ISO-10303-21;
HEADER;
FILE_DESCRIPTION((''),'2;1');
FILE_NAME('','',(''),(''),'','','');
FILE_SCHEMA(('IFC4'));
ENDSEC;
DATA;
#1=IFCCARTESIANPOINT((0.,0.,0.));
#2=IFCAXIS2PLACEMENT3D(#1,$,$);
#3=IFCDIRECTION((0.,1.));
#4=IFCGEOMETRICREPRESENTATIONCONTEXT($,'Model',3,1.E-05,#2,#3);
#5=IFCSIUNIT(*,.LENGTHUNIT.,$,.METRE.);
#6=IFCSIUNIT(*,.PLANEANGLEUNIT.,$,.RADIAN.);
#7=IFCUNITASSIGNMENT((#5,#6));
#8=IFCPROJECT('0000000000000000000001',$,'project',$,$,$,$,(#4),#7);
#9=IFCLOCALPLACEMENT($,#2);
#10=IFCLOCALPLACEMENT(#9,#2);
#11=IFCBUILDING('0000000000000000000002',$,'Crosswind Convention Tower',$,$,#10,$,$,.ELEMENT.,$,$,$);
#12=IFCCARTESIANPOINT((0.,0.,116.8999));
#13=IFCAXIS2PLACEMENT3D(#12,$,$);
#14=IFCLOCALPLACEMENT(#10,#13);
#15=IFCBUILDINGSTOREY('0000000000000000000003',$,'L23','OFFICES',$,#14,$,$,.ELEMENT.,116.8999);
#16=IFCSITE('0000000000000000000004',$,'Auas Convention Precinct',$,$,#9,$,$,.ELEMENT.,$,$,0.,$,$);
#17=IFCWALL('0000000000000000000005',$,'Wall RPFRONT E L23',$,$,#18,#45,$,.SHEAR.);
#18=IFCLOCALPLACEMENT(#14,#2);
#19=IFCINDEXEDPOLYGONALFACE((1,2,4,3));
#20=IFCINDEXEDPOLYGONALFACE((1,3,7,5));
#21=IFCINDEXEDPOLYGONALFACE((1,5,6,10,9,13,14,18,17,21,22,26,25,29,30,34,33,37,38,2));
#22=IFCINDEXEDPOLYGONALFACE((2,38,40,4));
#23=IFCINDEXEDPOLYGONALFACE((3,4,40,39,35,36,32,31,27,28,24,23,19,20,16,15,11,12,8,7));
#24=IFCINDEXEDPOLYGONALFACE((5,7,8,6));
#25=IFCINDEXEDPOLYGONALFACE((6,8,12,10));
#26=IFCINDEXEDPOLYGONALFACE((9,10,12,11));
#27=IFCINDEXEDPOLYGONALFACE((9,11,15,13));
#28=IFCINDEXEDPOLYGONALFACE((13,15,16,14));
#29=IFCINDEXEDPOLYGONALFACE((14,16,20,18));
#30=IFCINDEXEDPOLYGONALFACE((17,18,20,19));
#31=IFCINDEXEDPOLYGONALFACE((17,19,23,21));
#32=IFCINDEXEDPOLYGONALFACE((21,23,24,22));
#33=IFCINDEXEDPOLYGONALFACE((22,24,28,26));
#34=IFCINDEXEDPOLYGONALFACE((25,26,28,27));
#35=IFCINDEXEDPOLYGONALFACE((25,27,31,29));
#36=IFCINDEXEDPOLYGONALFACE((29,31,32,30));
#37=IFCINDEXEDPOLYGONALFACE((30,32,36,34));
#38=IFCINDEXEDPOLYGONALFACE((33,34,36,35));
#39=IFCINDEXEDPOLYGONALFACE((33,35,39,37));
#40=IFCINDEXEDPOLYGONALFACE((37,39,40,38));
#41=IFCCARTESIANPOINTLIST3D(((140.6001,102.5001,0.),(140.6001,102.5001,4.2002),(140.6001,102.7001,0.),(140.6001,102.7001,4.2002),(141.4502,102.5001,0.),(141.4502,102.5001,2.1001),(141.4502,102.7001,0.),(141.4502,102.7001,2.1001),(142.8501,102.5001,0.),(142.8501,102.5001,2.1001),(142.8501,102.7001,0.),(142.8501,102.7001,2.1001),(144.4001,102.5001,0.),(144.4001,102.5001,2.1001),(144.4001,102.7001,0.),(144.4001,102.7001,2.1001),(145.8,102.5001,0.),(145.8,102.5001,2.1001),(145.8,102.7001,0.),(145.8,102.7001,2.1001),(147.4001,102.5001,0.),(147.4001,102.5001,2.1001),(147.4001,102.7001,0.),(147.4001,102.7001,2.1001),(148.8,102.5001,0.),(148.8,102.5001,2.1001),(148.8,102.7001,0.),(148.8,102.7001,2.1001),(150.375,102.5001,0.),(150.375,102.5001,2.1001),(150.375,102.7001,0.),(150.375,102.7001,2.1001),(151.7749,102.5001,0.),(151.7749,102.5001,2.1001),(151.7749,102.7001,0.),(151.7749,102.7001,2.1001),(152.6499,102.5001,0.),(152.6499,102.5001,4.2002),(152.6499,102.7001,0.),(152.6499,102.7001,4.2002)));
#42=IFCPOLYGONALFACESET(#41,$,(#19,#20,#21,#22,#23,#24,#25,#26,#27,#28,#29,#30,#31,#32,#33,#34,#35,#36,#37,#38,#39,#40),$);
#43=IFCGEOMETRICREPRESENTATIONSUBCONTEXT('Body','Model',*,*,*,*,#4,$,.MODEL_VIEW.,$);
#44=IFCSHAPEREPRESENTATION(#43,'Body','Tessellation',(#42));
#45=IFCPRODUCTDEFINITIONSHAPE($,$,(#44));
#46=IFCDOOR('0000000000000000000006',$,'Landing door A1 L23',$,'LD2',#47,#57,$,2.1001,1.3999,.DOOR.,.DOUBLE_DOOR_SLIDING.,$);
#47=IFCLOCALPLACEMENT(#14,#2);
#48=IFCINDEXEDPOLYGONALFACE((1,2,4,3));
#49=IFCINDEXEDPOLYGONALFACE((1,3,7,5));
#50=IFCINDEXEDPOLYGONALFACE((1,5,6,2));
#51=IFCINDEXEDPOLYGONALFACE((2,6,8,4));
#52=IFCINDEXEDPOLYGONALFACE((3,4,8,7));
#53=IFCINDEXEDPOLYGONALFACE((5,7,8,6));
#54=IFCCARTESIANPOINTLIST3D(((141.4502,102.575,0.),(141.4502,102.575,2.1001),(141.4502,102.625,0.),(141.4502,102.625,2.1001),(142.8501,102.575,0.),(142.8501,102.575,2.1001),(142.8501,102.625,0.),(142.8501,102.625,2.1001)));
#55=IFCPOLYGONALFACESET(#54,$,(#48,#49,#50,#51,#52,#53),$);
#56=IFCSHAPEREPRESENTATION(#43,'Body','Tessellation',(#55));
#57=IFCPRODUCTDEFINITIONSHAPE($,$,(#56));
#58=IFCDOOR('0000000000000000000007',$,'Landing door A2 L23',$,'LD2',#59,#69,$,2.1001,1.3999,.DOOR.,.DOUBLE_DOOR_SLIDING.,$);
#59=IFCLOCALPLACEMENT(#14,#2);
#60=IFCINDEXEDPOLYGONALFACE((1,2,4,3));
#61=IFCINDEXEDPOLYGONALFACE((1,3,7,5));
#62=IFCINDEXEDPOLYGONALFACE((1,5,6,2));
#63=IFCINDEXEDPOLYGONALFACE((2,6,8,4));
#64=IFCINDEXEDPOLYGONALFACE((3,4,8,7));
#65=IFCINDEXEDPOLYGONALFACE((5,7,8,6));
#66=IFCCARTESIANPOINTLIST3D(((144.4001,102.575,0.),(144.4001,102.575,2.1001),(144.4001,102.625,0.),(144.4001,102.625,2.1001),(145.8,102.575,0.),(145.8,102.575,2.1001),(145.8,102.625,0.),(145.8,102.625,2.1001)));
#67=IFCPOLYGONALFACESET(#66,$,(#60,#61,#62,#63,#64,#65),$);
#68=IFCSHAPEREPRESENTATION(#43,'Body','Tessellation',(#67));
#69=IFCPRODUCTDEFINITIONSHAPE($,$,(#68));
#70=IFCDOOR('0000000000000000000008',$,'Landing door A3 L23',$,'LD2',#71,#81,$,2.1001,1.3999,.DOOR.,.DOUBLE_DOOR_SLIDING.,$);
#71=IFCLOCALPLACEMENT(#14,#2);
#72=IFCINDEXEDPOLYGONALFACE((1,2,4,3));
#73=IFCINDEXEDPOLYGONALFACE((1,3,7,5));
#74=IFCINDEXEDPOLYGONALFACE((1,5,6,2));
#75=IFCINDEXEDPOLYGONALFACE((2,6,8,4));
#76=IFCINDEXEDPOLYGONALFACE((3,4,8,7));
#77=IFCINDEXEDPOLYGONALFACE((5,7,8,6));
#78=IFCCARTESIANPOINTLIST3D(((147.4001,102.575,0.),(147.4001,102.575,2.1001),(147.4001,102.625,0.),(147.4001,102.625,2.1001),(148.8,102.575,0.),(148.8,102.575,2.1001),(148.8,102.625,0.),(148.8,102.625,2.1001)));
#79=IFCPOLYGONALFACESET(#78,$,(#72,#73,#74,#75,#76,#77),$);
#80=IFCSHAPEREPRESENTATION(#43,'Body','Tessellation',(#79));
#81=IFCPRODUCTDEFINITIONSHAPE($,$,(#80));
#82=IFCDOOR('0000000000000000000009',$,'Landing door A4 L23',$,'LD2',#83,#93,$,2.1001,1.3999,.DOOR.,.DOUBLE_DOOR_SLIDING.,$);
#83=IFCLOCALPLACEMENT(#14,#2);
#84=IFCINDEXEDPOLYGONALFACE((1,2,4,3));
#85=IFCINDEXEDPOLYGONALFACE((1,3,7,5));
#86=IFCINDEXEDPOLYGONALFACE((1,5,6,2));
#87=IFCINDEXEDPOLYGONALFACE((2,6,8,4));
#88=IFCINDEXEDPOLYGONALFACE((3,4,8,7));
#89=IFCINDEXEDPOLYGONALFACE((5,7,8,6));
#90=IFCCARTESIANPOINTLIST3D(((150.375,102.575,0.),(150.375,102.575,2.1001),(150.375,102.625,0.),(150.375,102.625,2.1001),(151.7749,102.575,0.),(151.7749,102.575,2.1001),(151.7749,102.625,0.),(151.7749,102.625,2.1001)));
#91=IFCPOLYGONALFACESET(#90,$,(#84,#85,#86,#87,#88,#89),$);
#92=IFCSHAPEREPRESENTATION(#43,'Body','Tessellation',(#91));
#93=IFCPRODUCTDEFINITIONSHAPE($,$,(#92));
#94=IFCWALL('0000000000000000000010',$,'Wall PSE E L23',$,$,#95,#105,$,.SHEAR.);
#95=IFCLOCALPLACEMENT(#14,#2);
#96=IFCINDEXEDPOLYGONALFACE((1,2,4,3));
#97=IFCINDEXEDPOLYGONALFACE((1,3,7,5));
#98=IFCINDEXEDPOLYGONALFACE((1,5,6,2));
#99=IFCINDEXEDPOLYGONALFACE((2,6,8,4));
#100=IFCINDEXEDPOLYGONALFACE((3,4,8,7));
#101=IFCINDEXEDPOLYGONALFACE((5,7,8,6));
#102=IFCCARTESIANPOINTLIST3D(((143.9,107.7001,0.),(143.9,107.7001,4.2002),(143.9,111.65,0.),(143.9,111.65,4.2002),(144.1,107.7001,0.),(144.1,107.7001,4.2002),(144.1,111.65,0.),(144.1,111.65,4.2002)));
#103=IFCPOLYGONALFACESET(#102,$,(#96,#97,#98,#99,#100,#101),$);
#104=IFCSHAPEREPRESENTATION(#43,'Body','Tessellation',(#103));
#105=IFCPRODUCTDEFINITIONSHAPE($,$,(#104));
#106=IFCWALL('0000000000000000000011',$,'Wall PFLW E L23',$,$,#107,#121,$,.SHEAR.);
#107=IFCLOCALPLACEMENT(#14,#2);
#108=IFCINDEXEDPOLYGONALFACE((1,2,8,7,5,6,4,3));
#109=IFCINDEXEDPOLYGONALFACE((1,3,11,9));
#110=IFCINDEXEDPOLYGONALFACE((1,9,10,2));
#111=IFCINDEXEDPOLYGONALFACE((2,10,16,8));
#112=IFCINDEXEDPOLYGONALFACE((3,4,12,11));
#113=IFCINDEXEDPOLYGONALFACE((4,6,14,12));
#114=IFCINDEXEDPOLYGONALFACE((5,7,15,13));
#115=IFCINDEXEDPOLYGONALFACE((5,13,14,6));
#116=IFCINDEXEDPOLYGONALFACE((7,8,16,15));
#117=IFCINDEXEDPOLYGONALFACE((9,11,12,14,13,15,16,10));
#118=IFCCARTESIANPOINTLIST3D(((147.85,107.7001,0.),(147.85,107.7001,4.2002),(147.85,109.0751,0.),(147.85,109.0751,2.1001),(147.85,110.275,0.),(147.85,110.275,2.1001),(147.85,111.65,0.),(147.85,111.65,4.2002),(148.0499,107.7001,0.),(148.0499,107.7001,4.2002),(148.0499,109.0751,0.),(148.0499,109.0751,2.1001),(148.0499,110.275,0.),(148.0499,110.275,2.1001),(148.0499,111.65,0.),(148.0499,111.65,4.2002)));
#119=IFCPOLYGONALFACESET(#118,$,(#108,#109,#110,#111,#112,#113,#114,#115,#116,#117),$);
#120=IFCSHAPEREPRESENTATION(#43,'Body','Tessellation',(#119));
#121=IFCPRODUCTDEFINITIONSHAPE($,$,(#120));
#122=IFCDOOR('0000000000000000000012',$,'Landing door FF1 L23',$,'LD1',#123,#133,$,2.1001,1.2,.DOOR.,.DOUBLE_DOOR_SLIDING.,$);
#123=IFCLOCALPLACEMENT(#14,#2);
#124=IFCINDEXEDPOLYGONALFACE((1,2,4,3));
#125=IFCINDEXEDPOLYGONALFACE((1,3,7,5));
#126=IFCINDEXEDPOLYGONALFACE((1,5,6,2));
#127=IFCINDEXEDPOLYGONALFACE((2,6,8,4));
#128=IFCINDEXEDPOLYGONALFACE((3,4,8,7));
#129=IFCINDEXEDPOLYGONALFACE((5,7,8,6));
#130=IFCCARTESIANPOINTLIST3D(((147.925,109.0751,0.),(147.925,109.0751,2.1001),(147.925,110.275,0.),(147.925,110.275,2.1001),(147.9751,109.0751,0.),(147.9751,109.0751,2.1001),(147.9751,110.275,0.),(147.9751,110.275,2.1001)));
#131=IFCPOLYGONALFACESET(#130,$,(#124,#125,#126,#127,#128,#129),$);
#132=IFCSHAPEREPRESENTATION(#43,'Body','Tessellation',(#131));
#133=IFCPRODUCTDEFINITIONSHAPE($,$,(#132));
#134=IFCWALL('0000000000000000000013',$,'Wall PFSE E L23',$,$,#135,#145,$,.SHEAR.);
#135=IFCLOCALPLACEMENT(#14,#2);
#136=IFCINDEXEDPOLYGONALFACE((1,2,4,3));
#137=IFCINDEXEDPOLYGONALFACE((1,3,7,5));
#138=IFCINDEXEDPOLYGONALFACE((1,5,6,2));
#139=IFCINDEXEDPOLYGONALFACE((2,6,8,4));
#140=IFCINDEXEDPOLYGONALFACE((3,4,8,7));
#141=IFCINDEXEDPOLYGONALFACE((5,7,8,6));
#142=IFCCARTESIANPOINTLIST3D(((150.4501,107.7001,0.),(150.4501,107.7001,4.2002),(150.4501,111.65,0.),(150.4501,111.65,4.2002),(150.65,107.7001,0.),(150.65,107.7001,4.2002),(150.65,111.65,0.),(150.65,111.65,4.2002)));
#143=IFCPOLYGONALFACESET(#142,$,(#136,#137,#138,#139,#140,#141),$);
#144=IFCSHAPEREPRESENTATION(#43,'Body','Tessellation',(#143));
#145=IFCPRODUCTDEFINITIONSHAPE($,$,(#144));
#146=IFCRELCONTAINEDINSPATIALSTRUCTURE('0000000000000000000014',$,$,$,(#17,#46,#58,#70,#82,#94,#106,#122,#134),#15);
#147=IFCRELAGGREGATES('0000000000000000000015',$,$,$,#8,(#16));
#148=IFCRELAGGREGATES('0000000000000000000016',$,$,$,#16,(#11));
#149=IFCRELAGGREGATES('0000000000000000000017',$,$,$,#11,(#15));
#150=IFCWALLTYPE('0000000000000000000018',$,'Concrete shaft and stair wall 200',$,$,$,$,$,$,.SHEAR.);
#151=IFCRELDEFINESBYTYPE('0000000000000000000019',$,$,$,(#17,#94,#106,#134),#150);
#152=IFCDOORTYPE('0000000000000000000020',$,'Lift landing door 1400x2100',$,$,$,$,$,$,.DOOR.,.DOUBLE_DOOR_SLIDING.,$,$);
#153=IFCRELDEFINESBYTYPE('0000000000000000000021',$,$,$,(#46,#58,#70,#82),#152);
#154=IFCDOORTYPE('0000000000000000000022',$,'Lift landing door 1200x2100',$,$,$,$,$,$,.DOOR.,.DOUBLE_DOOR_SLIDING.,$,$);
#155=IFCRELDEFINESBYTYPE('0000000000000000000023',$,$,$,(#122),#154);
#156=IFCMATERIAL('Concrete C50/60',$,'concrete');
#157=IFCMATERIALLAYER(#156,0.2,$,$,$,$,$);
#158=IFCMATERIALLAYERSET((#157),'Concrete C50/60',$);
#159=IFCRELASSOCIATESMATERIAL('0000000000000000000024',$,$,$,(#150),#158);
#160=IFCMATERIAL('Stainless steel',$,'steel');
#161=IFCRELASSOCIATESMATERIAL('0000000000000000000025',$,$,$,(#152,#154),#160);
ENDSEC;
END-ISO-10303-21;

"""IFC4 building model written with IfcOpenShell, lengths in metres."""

from ifc_helpers import new_model, si_unit, direction, frame, frame_2d, origin, place, context, subcontext, project, spatial, rectangle, extrude, material, layer, layer_set, type_object, element, fill, save


model = new_model("IFC4")

# Units and contexts
model_context = context("Model", 3, precision=1e-05, world=origin(), true_north=direction((0.0, 1.0)))
body_context = subcontext(model_context, "Body", "Model", "MODEL_VIEW")
ifc_project = project(units=[si_unit("LENGTHUNIT", "METRE"), si_unit("PLANEANGLEUNIT", "RADIAN")], contexts=[model_context])

# Site, building, storey
site_placement = place(None, origin())
site = spatial("IfcSite", under=ifc_project, at=site_placement, Name="Auas Convention Precinct", CompositionType="ELEMENT", RefElevation=0.0)
building_placement = place(site_placement, origin())
building = spatial("IfcBuilding", under=site, at=building_placement, Name="Crosswind Convention Tower", CompositionType="ELEMENT")
storey_placement = place(building_placement, frame((0.0, 0.0, 116.8999)))
storey = spatial("IfcBuildingStorey", under=building, at=storey_placement, Name="L23", Description="OFFICES", CompositionType="ELEMENT", Elevation=116.8999)

# Shared definitions
ifc_material_1 = material(Name="Concrete C50/60", Category="concrete")
ifc_layer_1 = layer(ifc_material_1, 0.2)
ifc_layer_set_1 = layer_set([ifc_layer_1], Name="Concrete C50/60")
wall_type_1 = type_object("IfcWallType", Name="Concrete shaft and stair wall 200", PredefinedType="SHEAR", material=ifc_layer_set_1)

# Wall, openings, doors
wall_1_placement = place(storey_placement, frame((140.6001, 102.6001, 0.0), z_axis=(0.0, 0.0, 1.0), x_axis=(1.0, 0.0, 0.0)))
wall_1 = element("IfcWall", 1, at=wall_1_placement, inside=storey, type_object=wall_type_1, Name="Wall RPFRONT E L23", PredefinedType="SHEAR", context=body_context, shape_type="SweptSolid", body=[
    extrude(rectangle(XDim=12.0498, YDim=0.2, at=frame_2d((6.0249, 0.0))), origin(), (0.0, 0.0, 1.0), 4.2002),
])
opening_1_placement = place(wall_1_placement, frame((0.8501, 0.0, 0.0)))
opening_1 = element("IfcOpeningElement", 2, at=opening_1_placement, cuts=wall_1, PredefinedType="OPENING", context=body_context, shape_type="SweptSolid", body=[
    extrude(rectangle(XDim=1.3999, YDim=2.1001, at=frame_2d((0.7, 1.05))), frame((0.0, 0.1099, 0.0), z_axis=(0.0, -1.0, 0.0), x_axis=(1.0, 0.0, 0.0)), (0.0, 0.0, 1.0), 0.22),
])
opening_2_placement = place(wall_1_placement, frame((3.8, 0.0, 0.0)))
opening_2 = element("IfcOpeningElement", 3, at=opening_2_placement, cuts=wall_1, PredefinedType="OPENING", context=body_context, shape_type="SweptSolid", body=[
    extrude(rectangle(XDim=1.3999, YDim=2.1001, at=frame_2d((0.7, 1.05))), frame((0.0, 0.1099, 0.0), z_axis=(0.0, -1.0, 0.0), x_axis=(1.0, 0.0, 0.0)), (0.0, 0.0, 1.0), 0.22),
])
opening_3_placement = place(wall_1_placement, frame((6.8, 0.0, 0.0)))
opening_3 = element("IfcOpeningElement", 4, at=opening_3_placement, cuts=wall_1, PredefinedType="OPENING", context=body_context, shape_type="SweptSolid", body=[
    extrude(rectangle(XDim=1.3999, YDim=2.1001, at=frame_2d((0.7, 1.05))), frame((0.0, 0.1099, 0.0), z_axis=(0.0, -1.0, 0.0), x_axis=(1.0, 0.0, 0.0)), (0.0, 0.0, 1.0), 0.22),
])
opening_4_placement = place(wall_1_placement, frame((9.7749, 0.0, 0.0)))
opening_4 = element("IfcOpeningElement", 5, at=opening_4_placement, cuts=wall_1, PredefinedType="OPENING", context=body_context, shape_type="SweptSolid", body=[
    extrude(rectangle(XDim=1.3999, YDim=2.1001, at=frame_2d((0.7, 1.05))), frame((0.0, 0.1099, 0.0), z_axis=(0.0, -1.0, 0.0), x_axis=(1.0, 0.0, 0.0)), (0.0, 0.0, 1.0), 0.22),
])
ifc_material_2 = material(Name="Stainless steel", Category="steel")
door_type_1 = type_object("IfcDoorType", Name="Lift landing door 1400x2100", OperationType="DOUBLE_DOOR_SLIDING", PredefinedType="DOOR", material=ifc_material_2)
door_1_placement = place(opening_1_placement, origin())
door_1 = element("IfcDoor", 6, at=door_1_placement, inside=storey, type_object=door_type_1, Name="Landing door A1 L23", ObjectType="LD2", OperationType="DOUBLE_DOOR_SLIDING", OverallHeight=2.1001, OverallWidth=1.3999, PredefinedType="DOOR", context=body_context, shape_type="SweptSolid", body=[
    extrude(rectangle(XDim=1.3999, YDim=2.1001, at=frame_2d((0.7, 1.05))), frame((0.0, 0.0249, 0.0), z_axis=(0.0, -1.0, 0.0), x_axis=(1.0, 0.0, 0.0)), (0.0, 0.0, 1.0), 0.05),
])
fill(opening_1, door_1)
door_2_placement = place(opening_2_placement, origin())
door_2 = element("IfcDoor", 7, at=door_2_placement, inside=storey, type_object=door_type_1, Name="Landing door A2 L23", ObjectType="LD2", OperationType="DOUBLE_DOOR_SLIDING", OverallHeight=2.1001, OverallWidth=1.3999, PredefinedType="DOOR", context=body_context, shape_type="SweptSolid", body=[
    extrude(rectangle(XDim=1.3999, YDim=2.1001, at=frame_2d((0.7, 1.05))), frame((0.0, 0.0249, 0.0), z_axis=(0.0, -1.0, 0.0), x_axis=(1.0, 0.0, 0.0)), (0.0, 0.0, 1.0), 0.05),
])
fill(opening_2, door_2)
door_3_placement = place(opening_3_placement, origin())
door_3 = element("IfcDoor", 8, at=door_3_placement, inside=storey, type_object=door_type_1, Name="Landing door A3 L23", ObjectType="LD2", OperationType="DOUBLE_DOOR_SLIDING", OverallHeight=2.1001, OverallWidth=1.3999, PredefinedType="DOOR", context=body_context, shape_type="SweptSolid", body=[
    extrude(rectangle(XDim=1.3999, YDim=2.1001, at=frame_2d((0.7, 1.05))), frame((0.0, 0.0249, 0.0), z_axis=(0.0, -1.0, 0.0), x_axis=(1.0, 0.0, 0.0)), (0.0, 0.0, 1.0), 0.05),
])
fill(opening_3, door_3)
door_4_placement = place(opening_4_placement, origin())
door_4 = element("IfcDoor", 9, at=door_4_placement, inside=storey, type_object=door_type_1, Name="Landing door A4 L23", ObjectType="LD2", OperationType="DOUBLE_DOOR_SLIDING", OverallHeight=2.1001, OverallWidth=1.3999, PredefinedType="DOOR", context=body_context, shape_type="SweptSolid", body=[
    extrude(rectangle(XDim=1.3999, YDim=2.1001, at=frame_2d((0.7, 1.05))), frame((0.0, 0.0249, 0.0), z_axis=(0.0, -1.0, 0.0), x_axis=(1.0, 0.0, 0.0)), (0.0, 0.0, 1.0), 0.05),
])
fill(opening_4, door_4)

# Wall
wall_2_placement = place(storey_placement, frame((144.0, 107.7, 0.0), z_axis=(0.0, 0.0, 1.0), x_axis=(0.0, 1.0, 0.0)))
element("IfcWall", 10, at=wall_2_placement, inside=storey, type_object=wall_type_1, Name="Wall PSE E L23", PredefinedType="SHEAR", context=body_context, shape_type="SweptSolid", body=[
    extrude(rectangle(XDim=3.95, YDim=0.2, at=frame_2d((1.9751, 0.0))), origin(), (0.0, 0.0, 1.0), 4.2002),
])

# Wall, opening, door
wall_3_placement = place(storey_placement, frame((147.95, 107.7, 0.0), z_axis=(0.0, 0.0, 1.0), x_axis=(0.0, 1.0, 0.0)))
wall_3 = element("IfcWall", 11, at=wall_3_placement, inside=storey, type_object=wall_type_1, Name="Wall PFLW E L23", PredefinedType="SHEAR", context=body_context, shape_type="SweptSolid", body=[
    extrude(rectangle(XDim=3.95, YDim=0.2, at=frame_2d((1.9751, 0.0))), origin(), (0.0, 0.0, 1.0), 4.2002),
])
opening_5_placement = place(wall_3_placement, frame((1.375, 0.0, 0.0)))
opening_5 = element("IfcOpeningElement", 12, at=opening_5_placement, cuts=wall_3, PredefinedType="OPENING", context=body_context, shape_type="SweptSolid", body=[
    extrude(rectangle(XDim=1.2, YDim=2.1001, at=frame_2d((0.6001, 1.05))), frame((0.0, 0.1099, 0.0), z_axis=(0.0, -1.0, 0.0), x_axis=(1.0, 0.0, 0.0)), (0.0, 0.0, 1.0), 0.22),
])
door_type_2 = type_object("IfcDoorType", Name="Lift landing door 1200x2100", OperationType="DOUBLE_DOOR_SLIDING", PredefinedType="DOOR", material=ifc_material_2)
door_5_placement = place(opening_5_placement, origin())
door_5 = element("IfcDoor", 13, at=door_5_placement, inside=storey, type_object=door_type_2, Name="Landing door FF1 L23", ObjectType="LD1", OperationType="DOUBLE_DOOR_SLIDING", OverallHeight=2.1001, OverallWidth=1.2, PredefinedType="DOOR", context=body_context, shape_type="SweptSolid", body=[
    extrude(rectangle(XDim=1.2, YDim=2.1001, at=frame_2d((0.6001, 1.05))), frame((0.0, 0.0249, 0.0), z_axis=(0.0, -1.0, 0.0), x_axis=(1.0, 0.0, 0.0)), (0.0, 0.0, 1.0), 0.05),
])
fill(opening_5, door_5)

# Wall
wall_4_placement = place(storey_placement, frame((150.55, 107.7, 0.0), z_axis=(0.0, 0.0, 1.0), x_axis=(0.0, 1.0, 0.0)))
element("IfcWall", 14, at=wall_4_placement, inside=storey, type_object=wall_type_1, Name="Wall PFSE E L23", PredefinedType="SHEAR", context=body_context, shape_type="SweptSolid", body=[
    extrude(rectangle(XDim=3.95, YDim=0.2, at=frame_2d((1.9751, 0.0))), origin(), (0.0, 0.0, 1.0), 4.2002),
])

save(model, "model.ifc")
